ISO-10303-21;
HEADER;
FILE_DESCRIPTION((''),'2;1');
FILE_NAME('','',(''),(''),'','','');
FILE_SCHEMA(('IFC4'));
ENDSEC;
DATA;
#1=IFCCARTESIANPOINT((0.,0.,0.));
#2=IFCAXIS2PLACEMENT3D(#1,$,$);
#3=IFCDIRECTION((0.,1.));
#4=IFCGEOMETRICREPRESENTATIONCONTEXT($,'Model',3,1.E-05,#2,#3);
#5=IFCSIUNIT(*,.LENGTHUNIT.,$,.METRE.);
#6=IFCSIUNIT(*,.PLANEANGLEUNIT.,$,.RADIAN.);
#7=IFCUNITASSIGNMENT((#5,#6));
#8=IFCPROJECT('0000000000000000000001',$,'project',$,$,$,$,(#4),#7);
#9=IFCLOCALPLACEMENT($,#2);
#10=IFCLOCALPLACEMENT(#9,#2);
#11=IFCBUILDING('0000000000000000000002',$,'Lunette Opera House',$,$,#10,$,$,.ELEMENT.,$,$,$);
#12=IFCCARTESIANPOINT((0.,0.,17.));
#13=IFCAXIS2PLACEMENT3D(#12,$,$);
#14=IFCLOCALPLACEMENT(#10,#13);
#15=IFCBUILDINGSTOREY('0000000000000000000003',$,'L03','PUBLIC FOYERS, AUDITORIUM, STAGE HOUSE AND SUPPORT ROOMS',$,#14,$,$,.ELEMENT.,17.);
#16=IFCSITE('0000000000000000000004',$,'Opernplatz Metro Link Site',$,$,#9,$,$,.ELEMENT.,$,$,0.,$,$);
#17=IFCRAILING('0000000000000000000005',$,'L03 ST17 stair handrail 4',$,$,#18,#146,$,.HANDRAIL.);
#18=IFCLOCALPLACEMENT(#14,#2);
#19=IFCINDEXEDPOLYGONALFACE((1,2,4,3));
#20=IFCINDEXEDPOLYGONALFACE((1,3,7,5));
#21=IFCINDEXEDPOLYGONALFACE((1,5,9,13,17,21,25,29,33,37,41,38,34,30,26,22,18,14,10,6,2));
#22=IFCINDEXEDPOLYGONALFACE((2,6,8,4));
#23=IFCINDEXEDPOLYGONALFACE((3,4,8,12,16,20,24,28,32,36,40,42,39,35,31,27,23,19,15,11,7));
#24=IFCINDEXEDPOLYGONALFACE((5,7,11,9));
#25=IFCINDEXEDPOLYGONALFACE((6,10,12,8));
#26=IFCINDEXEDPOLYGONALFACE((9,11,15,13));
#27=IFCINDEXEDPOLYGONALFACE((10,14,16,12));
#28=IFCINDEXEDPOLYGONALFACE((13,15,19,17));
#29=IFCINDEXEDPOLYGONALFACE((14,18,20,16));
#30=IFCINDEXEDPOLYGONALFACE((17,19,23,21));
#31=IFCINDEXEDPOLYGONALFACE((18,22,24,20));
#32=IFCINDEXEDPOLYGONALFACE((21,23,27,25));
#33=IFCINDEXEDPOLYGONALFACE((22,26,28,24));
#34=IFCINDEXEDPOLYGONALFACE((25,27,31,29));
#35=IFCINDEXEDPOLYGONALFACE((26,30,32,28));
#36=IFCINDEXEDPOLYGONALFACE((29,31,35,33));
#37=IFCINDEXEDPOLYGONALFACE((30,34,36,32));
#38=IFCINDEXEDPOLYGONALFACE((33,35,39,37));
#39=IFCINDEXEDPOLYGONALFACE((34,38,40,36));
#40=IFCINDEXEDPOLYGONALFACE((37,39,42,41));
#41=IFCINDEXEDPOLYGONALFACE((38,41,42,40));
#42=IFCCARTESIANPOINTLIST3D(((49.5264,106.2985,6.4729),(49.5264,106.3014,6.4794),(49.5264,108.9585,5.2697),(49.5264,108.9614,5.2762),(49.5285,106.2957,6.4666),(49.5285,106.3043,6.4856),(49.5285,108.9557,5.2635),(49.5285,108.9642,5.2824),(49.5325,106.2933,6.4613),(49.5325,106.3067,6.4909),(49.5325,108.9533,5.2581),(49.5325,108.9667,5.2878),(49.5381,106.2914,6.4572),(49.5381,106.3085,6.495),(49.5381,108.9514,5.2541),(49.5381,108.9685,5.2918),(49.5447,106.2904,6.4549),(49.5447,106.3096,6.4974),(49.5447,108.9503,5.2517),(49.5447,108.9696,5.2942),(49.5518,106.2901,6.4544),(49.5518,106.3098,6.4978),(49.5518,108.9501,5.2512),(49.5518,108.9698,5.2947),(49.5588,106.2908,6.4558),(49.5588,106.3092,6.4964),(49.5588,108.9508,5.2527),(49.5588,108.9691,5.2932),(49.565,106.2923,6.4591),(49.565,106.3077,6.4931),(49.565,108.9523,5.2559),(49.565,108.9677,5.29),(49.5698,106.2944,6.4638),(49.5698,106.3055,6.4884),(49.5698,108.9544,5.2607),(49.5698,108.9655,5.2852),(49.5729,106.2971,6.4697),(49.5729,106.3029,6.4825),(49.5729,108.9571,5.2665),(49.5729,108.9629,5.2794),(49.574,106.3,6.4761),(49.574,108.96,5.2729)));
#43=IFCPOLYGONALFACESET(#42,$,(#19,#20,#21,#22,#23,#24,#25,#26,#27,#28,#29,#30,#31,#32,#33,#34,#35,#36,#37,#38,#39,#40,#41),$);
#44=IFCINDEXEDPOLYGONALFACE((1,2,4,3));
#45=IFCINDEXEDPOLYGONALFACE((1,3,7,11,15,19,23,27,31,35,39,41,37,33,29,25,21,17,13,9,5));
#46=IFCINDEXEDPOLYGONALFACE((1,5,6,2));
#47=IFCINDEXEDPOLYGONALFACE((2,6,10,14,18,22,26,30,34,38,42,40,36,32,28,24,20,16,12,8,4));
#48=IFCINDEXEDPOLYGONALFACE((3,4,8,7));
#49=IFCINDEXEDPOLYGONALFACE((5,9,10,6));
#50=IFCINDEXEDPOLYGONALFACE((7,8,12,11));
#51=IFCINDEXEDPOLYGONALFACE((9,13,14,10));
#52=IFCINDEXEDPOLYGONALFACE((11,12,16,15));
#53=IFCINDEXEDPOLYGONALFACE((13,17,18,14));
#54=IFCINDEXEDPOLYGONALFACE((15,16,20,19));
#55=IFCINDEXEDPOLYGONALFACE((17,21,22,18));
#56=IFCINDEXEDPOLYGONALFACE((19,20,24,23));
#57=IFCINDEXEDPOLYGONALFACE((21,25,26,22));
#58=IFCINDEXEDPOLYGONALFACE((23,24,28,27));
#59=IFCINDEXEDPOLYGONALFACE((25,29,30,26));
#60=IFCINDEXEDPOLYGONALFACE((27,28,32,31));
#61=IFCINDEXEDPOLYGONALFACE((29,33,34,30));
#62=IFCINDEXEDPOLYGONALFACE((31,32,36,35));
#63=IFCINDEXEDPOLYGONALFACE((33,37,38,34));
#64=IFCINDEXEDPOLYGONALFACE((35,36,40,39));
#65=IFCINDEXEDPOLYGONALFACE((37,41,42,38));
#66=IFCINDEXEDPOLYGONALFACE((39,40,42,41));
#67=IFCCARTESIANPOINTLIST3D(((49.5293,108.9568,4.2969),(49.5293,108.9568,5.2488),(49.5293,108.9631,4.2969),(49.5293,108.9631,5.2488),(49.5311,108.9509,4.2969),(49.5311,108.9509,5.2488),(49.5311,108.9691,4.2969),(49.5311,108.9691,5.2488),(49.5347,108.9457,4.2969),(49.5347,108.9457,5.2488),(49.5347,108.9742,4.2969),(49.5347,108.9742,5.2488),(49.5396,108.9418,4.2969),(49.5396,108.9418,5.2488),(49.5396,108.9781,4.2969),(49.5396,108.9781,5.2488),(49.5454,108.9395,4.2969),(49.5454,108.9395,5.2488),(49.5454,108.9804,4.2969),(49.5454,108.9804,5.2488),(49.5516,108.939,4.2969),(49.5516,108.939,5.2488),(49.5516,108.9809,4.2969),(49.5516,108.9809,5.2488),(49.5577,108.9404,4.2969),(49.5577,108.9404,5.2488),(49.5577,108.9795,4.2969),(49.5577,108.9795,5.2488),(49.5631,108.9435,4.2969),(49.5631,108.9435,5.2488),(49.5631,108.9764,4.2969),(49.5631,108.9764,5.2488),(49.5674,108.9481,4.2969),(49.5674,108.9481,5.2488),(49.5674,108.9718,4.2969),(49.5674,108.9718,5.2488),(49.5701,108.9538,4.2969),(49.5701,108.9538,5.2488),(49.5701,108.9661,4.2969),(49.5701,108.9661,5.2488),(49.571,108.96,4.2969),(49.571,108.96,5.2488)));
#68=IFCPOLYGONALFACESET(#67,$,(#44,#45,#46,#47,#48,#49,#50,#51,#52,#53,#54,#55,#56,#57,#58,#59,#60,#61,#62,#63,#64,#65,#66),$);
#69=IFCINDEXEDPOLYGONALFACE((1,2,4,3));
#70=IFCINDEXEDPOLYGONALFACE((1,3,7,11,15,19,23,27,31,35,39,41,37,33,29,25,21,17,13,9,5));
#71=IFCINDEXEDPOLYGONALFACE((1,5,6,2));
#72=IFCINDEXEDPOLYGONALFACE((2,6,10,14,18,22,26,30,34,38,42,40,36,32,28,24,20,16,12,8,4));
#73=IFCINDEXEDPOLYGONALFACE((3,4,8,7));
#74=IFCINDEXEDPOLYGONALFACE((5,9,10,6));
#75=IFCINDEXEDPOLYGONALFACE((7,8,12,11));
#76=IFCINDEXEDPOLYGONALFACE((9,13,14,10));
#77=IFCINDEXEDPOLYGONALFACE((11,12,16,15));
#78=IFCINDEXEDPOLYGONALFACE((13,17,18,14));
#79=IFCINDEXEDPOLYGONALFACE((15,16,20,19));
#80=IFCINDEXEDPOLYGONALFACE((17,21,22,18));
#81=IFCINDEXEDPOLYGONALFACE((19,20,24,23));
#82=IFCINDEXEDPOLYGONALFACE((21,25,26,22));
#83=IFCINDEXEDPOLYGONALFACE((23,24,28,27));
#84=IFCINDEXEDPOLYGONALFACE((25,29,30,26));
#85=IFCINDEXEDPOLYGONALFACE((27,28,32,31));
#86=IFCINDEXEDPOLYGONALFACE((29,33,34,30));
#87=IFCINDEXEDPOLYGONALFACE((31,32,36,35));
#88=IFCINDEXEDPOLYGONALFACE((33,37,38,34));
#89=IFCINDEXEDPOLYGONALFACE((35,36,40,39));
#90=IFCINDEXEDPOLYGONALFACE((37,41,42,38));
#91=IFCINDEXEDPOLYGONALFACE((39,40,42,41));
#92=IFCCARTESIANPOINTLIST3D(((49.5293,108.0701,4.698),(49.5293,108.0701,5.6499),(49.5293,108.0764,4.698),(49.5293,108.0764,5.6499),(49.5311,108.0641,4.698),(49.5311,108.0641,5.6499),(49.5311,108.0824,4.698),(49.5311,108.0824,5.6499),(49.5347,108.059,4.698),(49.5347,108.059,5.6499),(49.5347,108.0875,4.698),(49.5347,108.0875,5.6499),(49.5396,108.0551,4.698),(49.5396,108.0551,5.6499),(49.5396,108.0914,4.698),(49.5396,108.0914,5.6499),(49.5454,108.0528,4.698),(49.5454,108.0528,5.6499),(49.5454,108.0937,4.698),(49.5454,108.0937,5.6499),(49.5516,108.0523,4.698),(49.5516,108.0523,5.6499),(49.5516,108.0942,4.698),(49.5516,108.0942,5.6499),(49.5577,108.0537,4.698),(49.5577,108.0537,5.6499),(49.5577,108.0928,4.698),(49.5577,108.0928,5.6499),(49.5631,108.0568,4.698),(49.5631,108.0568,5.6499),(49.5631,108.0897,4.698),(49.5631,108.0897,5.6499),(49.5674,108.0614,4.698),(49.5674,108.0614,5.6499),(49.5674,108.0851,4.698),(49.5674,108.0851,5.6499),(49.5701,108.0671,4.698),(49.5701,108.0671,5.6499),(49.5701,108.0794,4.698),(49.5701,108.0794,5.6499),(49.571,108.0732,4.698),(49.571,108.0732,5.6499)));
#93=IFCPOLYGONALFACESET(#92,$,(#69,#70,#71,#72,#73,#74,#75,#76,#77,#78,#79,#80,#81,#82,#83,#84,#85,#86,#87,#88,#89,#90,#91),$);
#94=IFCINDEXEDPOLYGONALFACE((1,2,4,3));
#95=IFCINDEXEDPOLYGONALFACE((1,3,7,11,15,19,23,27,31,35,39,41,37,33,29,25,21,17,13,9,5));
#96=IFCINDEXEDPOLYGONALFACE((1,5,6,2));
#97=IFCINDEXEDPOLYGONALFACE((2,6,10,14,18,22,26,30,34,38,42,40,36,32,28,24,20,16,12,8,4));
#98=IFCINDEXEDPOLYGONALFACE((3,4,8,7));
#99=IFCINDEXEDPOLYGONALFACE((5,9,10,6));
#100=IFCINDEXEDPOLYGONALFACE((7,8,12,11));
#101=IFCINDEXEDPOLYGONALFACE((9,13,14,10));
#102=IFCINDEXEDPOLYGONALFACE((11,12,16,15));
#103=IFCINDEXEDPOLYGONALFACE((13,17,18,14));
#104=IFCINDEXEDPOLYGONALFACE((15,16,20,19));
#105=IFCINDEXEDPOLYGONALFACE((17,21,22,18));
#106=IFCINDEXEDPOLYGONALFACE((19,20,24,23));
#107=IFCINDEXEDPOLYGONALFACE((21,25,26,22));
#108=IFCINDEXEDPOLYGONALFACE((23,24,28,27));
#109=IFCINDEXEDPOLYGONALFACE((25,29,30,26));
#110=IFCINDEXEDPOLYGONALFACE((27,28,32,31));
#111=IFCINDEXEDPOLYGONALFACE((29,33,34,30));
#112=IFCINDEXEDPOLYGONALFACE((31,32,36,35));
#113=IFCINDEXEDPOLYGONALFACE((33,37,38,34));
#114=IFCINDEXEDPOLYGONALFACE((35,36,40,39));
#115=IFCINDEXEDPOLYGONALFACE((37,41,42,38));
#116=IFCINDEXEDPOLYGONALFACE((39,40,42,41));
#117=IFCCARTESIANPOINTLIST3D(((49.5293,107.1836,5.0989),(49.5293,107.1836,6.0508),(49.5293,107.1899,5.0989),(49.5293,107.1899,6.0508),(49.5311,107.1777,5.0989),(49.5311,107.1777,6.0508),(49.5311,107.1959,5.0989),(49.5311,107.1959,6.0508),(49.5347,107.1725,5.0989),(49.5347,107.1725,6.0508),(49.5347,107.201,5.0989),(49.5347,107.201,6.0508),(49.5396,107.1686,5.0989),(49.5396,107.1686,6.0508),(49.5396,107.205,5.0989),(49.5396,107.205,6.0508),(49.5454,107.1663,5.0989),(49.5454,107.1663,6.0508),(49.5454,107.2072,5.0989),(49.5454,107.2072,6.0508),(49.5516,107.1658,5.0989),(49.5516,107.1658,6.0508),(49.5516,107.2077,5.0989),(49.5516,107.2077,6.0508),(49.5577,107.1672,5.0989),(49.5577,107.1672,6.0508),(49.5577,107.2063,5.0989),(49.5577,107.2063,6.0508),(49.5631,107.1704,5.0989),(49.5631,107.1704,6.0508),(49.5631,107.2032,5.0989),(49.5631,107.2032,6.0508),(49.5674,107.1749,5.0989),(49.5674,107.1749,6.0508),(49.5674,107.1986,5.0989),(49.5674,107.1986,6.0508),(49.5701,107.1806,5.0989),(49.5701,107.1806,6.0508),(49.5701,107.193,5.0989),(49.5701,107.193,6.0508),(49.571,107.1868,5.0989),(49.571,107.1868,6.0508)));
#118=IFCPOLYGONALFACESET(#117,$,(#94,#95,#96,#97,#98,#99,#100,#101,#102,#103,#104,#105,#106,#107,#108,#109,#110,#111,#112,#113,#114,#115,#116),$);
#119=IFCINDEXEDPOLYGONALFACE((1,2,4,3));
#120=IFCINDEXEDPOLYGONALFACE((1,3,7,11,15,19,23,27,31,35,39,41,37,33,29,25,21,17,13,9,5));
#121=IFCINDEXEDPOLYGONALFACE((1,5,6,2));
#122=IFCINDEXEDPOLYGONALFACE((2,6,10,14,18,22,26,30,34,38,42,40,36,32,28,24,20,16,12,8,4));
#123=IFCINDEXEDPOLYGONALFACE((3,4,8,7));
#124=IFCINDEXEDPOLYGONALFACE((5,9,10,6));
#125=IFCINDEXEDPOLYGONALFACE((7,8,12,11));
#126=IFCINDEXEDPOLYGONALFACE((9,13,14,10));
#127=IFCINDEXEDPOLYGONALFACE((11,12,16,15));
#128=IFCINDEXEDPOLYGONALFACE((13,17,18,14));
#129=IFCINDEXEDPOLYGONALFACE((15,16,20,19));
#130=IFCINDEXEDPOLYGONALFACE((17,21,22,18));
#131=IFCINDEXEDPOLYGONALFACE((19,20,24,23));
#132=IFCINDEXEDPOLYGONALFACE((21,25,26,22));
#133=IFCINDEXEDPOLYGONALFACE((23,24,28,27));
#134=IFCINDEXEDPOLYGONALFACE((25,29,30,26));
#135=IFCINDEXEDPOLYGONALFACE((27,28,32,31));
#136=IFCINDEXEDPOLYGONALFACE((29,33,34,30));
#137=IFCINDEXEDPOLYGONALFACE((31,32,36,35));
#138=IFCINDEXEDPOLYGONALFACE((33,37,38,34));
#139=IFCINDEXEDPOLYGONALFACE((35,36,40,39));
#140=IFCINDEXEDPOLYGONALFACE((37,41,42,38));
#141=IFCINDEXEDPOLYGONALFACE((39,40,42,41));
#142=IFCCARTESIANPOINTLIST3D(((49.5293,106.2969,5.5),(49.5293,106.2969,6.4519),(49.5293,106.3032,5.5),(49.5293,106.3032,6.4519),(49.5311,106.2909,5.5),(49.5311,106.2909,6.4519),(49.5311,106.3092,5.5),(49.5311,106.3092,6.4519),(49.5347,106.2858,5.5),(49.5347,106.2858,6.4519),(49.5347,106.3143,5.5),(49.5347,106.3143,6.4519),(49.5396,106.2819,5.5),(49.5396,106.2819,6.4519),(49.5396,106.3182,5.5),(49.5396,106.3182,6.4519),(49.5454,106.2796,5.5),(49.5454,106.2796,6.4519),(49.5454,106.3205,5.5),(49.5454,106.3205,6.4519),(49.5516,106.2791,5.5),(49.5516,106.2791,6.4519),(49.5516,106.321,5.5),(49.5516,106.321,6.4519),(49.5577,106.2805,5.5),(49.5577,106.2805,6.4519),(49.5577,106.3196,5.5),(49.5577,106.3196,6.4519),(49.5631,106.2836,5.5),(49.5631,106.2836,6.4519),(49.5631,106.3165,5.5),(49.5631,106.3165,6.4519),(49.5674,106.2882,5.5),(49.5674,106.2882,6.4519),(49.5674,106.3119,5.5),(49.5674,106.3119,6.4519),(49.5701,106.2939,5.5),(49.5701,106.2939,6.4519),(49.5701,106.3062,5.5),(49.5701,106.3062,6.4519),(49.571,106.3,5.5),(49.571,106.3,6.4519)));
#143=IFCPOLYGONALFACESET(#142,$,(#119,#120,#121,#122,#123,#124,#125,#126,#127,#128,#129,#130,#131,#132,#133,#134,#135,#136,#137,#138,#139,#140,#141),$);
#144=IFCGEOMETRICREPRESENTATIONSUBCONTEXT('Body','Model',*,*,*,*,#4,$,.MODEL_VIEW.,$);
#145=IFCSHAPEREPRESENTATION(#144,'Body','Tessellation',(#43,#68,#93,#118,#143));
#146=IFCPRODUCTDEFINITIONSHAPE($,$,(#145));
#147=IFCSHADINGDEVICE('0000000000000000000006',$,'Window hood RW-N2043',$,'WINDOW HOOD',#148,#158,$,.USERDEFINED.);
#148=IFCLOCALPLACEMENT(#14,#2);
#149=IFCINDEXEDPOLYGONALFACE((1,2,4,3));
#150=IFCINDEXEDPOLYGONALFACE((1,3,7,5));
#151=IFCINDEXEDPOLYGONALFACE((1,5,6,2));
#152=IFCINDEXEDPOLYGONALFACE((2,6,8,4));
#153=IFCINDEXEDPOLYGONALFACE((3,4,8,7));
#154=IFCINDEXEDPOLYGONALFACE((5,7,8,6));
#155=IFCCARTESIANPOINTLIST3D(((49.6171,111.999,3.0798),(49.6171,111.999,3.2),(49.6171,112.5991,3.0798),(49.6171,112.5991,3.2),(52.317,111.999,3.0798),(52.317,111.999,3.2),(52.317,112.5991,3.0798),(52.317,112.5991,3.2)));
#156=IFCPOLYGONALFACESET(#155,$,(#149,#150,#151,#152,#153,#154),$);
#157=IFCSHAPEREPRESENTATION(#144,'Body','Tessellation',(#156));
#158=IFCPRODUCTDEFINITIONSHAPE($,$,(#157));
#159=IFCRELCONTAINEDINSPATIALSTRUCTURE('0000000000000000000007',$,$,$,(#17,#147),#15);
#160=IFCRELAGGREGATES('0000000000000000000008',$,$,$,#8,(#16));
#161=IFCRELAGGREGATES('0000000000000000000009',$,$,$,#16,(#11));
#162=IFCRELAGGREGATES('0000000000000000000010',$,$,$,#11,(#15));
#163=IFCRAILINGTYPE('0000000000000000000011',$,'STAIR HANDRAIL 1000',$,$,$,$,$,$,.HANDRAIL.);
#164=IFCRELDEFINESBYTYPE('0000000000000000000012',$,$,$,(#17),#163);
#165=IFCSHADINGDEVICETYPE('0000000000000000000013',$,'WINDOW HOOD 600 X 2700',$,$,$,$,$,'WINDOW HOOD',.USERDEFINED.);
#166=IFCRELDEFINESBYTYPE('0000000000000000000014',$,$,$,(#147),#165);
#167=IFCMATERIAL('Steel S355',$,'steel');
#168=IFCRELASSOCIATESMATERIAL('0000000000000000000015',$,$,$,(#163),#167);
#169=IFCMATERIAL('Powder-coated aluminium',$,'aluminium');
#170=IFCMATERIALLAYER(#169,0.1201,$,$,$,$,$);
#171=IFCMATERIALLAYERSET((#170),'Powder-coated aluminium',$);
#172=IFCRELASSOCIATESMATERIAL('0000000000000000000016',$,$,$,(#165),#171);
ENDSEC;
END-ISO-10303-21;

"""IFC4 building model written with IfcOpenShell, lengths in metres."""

from ifc_helpers import new_model, si_unit, direction, frame, origin, origin_2d, place, context, subcontext, project, spatial, rectangle, circle, extrude, material, layer, layer_set, type_object, element, save


model = new_model("IFC4")

# Units and contexts
model_context = context("Model", 3, precision=1e-05, world=origin(), true_north=direction((0.0, 1.0)))
body_context = subcontext(model_context, "Body", "Model", "MODEL_VIEW")
ifc_project = project(units=[si_unit("LENGTHUNIT", "METRE"), si_unit("PLANEANGLEUNIT", "RADIAN")], contexts=[model_context])

# Site, building, storey
site_placement = place(None, origin())
site = spatial("IfcSite", under=ifc_project, at=site_placement, Name="Opernplatz Metro Link Site", CompositionType="ELEMENT", RefElevation=0.0)
building_placement = place(site_placement, origin())
building = spatial("IfcBuilding", under=site, at=building_placement, Name="Lunette Opera House", CompositionType="ELEMENT")
storey_placement = place(building_placement, frame((0.0, 0.0, 17.0)))
storey = spatial("IfcBuildingStorey", under=building, at=storey_placement, Name="L03", Description="PUBLIC FOYERS, AUDITORIUM, STAGE HOUSE AND SUPPORT ROOMS", CompositionType="ELEMENT", Elevation=17.0)

# Railing
ifc_material_1 = material(Name="Steel S355", Category="steel")
railing_type_1 = type_object("IfcRailingType", Name="STAIR HANDRAIL 1000", PredefinedType="HANDRAIL", material=ifc_material_1)
railing_1_placement = place(storey_placement, frame((49.55, 108.96, 4.2969)))
element("IfcRailing", 1, at=railing_1_placement, inside=storey, type_object=railing_type_1, Name="L03 ST17 stair handrail 4", PredefinedType="HANDRAIL", context=body_context, shape_type="SweptSolid", body=[
    extrude(circle(Radius=0.0239, at=origin_2d()), frame((0.0, 0.0, 0.9761), z_axis=(0.0, -0.91113, 0.41212), x_axis=(1.0, 0.0, 0.0)), (0.0, 0.0, 1.0), 2.9194),
    extrude(circle(Radius=0.021, at=origin_2d()), origin(), (0.0, 0.0, 1.0), 0.9519),
    extrude(circle(Radius=0.021, at=origin_2d()), frame((0.0, -0.8867, 0.4011)), (0.0, 0.0, 1.0), 0.9519),
    extrude(circle(Radius=0.021, at=origin_2d()), frame((0.0, -1.7732, 0.802)), (0.0, 0.0, 1.0), 0.9519),
    extrude(circle(Radius=0.021, at=origin_2d()), frame((0.0, -2.6599, 1.2031)), (0.0, 0.0, 1.0), 0.9519),
])

# Shading device
ifc_material_2 = material(Name="Powder-coated aluminium", Category="aluminium")
ifc_layer_1 = layer(ifc_material_2, 0.1201)
ifc_layer_set_1 = layer_set([ifc_layer_1], Name="Powder-coated aluminium")
shading_device_type = type_object("IfcShadingDeviceType", Name="WINDOW HOOD 600 X 2700", ElementType="WINDOW HOOD", PredefinedType="USERDEFINED", material=ifc_layer_set_1)
shading_device_placement = place(storey_placement, frame((50.967, 112.2991, 3.0798), z_axis=(0.0, 0.0, 1.0), x_axis=(0.0, 1.0, 0.0)))
element("IfcShadingDevice", 2, at=shading_device_placement, inside=storey, type_object=shading_device_type, Name="Window hood RW-N2043", ObjectType="WINDOW HOOD", PredefinedType="USERDEFINED", context=body_context, shape_type="SweptSolid", body=[
    extrude(rectangle(XDim=0.6001, YDim=2.7, at=origin_2d()), origin(), (0.0, 0.0, 1.0), 0.1201),
])

save(model, "model.ifc")
